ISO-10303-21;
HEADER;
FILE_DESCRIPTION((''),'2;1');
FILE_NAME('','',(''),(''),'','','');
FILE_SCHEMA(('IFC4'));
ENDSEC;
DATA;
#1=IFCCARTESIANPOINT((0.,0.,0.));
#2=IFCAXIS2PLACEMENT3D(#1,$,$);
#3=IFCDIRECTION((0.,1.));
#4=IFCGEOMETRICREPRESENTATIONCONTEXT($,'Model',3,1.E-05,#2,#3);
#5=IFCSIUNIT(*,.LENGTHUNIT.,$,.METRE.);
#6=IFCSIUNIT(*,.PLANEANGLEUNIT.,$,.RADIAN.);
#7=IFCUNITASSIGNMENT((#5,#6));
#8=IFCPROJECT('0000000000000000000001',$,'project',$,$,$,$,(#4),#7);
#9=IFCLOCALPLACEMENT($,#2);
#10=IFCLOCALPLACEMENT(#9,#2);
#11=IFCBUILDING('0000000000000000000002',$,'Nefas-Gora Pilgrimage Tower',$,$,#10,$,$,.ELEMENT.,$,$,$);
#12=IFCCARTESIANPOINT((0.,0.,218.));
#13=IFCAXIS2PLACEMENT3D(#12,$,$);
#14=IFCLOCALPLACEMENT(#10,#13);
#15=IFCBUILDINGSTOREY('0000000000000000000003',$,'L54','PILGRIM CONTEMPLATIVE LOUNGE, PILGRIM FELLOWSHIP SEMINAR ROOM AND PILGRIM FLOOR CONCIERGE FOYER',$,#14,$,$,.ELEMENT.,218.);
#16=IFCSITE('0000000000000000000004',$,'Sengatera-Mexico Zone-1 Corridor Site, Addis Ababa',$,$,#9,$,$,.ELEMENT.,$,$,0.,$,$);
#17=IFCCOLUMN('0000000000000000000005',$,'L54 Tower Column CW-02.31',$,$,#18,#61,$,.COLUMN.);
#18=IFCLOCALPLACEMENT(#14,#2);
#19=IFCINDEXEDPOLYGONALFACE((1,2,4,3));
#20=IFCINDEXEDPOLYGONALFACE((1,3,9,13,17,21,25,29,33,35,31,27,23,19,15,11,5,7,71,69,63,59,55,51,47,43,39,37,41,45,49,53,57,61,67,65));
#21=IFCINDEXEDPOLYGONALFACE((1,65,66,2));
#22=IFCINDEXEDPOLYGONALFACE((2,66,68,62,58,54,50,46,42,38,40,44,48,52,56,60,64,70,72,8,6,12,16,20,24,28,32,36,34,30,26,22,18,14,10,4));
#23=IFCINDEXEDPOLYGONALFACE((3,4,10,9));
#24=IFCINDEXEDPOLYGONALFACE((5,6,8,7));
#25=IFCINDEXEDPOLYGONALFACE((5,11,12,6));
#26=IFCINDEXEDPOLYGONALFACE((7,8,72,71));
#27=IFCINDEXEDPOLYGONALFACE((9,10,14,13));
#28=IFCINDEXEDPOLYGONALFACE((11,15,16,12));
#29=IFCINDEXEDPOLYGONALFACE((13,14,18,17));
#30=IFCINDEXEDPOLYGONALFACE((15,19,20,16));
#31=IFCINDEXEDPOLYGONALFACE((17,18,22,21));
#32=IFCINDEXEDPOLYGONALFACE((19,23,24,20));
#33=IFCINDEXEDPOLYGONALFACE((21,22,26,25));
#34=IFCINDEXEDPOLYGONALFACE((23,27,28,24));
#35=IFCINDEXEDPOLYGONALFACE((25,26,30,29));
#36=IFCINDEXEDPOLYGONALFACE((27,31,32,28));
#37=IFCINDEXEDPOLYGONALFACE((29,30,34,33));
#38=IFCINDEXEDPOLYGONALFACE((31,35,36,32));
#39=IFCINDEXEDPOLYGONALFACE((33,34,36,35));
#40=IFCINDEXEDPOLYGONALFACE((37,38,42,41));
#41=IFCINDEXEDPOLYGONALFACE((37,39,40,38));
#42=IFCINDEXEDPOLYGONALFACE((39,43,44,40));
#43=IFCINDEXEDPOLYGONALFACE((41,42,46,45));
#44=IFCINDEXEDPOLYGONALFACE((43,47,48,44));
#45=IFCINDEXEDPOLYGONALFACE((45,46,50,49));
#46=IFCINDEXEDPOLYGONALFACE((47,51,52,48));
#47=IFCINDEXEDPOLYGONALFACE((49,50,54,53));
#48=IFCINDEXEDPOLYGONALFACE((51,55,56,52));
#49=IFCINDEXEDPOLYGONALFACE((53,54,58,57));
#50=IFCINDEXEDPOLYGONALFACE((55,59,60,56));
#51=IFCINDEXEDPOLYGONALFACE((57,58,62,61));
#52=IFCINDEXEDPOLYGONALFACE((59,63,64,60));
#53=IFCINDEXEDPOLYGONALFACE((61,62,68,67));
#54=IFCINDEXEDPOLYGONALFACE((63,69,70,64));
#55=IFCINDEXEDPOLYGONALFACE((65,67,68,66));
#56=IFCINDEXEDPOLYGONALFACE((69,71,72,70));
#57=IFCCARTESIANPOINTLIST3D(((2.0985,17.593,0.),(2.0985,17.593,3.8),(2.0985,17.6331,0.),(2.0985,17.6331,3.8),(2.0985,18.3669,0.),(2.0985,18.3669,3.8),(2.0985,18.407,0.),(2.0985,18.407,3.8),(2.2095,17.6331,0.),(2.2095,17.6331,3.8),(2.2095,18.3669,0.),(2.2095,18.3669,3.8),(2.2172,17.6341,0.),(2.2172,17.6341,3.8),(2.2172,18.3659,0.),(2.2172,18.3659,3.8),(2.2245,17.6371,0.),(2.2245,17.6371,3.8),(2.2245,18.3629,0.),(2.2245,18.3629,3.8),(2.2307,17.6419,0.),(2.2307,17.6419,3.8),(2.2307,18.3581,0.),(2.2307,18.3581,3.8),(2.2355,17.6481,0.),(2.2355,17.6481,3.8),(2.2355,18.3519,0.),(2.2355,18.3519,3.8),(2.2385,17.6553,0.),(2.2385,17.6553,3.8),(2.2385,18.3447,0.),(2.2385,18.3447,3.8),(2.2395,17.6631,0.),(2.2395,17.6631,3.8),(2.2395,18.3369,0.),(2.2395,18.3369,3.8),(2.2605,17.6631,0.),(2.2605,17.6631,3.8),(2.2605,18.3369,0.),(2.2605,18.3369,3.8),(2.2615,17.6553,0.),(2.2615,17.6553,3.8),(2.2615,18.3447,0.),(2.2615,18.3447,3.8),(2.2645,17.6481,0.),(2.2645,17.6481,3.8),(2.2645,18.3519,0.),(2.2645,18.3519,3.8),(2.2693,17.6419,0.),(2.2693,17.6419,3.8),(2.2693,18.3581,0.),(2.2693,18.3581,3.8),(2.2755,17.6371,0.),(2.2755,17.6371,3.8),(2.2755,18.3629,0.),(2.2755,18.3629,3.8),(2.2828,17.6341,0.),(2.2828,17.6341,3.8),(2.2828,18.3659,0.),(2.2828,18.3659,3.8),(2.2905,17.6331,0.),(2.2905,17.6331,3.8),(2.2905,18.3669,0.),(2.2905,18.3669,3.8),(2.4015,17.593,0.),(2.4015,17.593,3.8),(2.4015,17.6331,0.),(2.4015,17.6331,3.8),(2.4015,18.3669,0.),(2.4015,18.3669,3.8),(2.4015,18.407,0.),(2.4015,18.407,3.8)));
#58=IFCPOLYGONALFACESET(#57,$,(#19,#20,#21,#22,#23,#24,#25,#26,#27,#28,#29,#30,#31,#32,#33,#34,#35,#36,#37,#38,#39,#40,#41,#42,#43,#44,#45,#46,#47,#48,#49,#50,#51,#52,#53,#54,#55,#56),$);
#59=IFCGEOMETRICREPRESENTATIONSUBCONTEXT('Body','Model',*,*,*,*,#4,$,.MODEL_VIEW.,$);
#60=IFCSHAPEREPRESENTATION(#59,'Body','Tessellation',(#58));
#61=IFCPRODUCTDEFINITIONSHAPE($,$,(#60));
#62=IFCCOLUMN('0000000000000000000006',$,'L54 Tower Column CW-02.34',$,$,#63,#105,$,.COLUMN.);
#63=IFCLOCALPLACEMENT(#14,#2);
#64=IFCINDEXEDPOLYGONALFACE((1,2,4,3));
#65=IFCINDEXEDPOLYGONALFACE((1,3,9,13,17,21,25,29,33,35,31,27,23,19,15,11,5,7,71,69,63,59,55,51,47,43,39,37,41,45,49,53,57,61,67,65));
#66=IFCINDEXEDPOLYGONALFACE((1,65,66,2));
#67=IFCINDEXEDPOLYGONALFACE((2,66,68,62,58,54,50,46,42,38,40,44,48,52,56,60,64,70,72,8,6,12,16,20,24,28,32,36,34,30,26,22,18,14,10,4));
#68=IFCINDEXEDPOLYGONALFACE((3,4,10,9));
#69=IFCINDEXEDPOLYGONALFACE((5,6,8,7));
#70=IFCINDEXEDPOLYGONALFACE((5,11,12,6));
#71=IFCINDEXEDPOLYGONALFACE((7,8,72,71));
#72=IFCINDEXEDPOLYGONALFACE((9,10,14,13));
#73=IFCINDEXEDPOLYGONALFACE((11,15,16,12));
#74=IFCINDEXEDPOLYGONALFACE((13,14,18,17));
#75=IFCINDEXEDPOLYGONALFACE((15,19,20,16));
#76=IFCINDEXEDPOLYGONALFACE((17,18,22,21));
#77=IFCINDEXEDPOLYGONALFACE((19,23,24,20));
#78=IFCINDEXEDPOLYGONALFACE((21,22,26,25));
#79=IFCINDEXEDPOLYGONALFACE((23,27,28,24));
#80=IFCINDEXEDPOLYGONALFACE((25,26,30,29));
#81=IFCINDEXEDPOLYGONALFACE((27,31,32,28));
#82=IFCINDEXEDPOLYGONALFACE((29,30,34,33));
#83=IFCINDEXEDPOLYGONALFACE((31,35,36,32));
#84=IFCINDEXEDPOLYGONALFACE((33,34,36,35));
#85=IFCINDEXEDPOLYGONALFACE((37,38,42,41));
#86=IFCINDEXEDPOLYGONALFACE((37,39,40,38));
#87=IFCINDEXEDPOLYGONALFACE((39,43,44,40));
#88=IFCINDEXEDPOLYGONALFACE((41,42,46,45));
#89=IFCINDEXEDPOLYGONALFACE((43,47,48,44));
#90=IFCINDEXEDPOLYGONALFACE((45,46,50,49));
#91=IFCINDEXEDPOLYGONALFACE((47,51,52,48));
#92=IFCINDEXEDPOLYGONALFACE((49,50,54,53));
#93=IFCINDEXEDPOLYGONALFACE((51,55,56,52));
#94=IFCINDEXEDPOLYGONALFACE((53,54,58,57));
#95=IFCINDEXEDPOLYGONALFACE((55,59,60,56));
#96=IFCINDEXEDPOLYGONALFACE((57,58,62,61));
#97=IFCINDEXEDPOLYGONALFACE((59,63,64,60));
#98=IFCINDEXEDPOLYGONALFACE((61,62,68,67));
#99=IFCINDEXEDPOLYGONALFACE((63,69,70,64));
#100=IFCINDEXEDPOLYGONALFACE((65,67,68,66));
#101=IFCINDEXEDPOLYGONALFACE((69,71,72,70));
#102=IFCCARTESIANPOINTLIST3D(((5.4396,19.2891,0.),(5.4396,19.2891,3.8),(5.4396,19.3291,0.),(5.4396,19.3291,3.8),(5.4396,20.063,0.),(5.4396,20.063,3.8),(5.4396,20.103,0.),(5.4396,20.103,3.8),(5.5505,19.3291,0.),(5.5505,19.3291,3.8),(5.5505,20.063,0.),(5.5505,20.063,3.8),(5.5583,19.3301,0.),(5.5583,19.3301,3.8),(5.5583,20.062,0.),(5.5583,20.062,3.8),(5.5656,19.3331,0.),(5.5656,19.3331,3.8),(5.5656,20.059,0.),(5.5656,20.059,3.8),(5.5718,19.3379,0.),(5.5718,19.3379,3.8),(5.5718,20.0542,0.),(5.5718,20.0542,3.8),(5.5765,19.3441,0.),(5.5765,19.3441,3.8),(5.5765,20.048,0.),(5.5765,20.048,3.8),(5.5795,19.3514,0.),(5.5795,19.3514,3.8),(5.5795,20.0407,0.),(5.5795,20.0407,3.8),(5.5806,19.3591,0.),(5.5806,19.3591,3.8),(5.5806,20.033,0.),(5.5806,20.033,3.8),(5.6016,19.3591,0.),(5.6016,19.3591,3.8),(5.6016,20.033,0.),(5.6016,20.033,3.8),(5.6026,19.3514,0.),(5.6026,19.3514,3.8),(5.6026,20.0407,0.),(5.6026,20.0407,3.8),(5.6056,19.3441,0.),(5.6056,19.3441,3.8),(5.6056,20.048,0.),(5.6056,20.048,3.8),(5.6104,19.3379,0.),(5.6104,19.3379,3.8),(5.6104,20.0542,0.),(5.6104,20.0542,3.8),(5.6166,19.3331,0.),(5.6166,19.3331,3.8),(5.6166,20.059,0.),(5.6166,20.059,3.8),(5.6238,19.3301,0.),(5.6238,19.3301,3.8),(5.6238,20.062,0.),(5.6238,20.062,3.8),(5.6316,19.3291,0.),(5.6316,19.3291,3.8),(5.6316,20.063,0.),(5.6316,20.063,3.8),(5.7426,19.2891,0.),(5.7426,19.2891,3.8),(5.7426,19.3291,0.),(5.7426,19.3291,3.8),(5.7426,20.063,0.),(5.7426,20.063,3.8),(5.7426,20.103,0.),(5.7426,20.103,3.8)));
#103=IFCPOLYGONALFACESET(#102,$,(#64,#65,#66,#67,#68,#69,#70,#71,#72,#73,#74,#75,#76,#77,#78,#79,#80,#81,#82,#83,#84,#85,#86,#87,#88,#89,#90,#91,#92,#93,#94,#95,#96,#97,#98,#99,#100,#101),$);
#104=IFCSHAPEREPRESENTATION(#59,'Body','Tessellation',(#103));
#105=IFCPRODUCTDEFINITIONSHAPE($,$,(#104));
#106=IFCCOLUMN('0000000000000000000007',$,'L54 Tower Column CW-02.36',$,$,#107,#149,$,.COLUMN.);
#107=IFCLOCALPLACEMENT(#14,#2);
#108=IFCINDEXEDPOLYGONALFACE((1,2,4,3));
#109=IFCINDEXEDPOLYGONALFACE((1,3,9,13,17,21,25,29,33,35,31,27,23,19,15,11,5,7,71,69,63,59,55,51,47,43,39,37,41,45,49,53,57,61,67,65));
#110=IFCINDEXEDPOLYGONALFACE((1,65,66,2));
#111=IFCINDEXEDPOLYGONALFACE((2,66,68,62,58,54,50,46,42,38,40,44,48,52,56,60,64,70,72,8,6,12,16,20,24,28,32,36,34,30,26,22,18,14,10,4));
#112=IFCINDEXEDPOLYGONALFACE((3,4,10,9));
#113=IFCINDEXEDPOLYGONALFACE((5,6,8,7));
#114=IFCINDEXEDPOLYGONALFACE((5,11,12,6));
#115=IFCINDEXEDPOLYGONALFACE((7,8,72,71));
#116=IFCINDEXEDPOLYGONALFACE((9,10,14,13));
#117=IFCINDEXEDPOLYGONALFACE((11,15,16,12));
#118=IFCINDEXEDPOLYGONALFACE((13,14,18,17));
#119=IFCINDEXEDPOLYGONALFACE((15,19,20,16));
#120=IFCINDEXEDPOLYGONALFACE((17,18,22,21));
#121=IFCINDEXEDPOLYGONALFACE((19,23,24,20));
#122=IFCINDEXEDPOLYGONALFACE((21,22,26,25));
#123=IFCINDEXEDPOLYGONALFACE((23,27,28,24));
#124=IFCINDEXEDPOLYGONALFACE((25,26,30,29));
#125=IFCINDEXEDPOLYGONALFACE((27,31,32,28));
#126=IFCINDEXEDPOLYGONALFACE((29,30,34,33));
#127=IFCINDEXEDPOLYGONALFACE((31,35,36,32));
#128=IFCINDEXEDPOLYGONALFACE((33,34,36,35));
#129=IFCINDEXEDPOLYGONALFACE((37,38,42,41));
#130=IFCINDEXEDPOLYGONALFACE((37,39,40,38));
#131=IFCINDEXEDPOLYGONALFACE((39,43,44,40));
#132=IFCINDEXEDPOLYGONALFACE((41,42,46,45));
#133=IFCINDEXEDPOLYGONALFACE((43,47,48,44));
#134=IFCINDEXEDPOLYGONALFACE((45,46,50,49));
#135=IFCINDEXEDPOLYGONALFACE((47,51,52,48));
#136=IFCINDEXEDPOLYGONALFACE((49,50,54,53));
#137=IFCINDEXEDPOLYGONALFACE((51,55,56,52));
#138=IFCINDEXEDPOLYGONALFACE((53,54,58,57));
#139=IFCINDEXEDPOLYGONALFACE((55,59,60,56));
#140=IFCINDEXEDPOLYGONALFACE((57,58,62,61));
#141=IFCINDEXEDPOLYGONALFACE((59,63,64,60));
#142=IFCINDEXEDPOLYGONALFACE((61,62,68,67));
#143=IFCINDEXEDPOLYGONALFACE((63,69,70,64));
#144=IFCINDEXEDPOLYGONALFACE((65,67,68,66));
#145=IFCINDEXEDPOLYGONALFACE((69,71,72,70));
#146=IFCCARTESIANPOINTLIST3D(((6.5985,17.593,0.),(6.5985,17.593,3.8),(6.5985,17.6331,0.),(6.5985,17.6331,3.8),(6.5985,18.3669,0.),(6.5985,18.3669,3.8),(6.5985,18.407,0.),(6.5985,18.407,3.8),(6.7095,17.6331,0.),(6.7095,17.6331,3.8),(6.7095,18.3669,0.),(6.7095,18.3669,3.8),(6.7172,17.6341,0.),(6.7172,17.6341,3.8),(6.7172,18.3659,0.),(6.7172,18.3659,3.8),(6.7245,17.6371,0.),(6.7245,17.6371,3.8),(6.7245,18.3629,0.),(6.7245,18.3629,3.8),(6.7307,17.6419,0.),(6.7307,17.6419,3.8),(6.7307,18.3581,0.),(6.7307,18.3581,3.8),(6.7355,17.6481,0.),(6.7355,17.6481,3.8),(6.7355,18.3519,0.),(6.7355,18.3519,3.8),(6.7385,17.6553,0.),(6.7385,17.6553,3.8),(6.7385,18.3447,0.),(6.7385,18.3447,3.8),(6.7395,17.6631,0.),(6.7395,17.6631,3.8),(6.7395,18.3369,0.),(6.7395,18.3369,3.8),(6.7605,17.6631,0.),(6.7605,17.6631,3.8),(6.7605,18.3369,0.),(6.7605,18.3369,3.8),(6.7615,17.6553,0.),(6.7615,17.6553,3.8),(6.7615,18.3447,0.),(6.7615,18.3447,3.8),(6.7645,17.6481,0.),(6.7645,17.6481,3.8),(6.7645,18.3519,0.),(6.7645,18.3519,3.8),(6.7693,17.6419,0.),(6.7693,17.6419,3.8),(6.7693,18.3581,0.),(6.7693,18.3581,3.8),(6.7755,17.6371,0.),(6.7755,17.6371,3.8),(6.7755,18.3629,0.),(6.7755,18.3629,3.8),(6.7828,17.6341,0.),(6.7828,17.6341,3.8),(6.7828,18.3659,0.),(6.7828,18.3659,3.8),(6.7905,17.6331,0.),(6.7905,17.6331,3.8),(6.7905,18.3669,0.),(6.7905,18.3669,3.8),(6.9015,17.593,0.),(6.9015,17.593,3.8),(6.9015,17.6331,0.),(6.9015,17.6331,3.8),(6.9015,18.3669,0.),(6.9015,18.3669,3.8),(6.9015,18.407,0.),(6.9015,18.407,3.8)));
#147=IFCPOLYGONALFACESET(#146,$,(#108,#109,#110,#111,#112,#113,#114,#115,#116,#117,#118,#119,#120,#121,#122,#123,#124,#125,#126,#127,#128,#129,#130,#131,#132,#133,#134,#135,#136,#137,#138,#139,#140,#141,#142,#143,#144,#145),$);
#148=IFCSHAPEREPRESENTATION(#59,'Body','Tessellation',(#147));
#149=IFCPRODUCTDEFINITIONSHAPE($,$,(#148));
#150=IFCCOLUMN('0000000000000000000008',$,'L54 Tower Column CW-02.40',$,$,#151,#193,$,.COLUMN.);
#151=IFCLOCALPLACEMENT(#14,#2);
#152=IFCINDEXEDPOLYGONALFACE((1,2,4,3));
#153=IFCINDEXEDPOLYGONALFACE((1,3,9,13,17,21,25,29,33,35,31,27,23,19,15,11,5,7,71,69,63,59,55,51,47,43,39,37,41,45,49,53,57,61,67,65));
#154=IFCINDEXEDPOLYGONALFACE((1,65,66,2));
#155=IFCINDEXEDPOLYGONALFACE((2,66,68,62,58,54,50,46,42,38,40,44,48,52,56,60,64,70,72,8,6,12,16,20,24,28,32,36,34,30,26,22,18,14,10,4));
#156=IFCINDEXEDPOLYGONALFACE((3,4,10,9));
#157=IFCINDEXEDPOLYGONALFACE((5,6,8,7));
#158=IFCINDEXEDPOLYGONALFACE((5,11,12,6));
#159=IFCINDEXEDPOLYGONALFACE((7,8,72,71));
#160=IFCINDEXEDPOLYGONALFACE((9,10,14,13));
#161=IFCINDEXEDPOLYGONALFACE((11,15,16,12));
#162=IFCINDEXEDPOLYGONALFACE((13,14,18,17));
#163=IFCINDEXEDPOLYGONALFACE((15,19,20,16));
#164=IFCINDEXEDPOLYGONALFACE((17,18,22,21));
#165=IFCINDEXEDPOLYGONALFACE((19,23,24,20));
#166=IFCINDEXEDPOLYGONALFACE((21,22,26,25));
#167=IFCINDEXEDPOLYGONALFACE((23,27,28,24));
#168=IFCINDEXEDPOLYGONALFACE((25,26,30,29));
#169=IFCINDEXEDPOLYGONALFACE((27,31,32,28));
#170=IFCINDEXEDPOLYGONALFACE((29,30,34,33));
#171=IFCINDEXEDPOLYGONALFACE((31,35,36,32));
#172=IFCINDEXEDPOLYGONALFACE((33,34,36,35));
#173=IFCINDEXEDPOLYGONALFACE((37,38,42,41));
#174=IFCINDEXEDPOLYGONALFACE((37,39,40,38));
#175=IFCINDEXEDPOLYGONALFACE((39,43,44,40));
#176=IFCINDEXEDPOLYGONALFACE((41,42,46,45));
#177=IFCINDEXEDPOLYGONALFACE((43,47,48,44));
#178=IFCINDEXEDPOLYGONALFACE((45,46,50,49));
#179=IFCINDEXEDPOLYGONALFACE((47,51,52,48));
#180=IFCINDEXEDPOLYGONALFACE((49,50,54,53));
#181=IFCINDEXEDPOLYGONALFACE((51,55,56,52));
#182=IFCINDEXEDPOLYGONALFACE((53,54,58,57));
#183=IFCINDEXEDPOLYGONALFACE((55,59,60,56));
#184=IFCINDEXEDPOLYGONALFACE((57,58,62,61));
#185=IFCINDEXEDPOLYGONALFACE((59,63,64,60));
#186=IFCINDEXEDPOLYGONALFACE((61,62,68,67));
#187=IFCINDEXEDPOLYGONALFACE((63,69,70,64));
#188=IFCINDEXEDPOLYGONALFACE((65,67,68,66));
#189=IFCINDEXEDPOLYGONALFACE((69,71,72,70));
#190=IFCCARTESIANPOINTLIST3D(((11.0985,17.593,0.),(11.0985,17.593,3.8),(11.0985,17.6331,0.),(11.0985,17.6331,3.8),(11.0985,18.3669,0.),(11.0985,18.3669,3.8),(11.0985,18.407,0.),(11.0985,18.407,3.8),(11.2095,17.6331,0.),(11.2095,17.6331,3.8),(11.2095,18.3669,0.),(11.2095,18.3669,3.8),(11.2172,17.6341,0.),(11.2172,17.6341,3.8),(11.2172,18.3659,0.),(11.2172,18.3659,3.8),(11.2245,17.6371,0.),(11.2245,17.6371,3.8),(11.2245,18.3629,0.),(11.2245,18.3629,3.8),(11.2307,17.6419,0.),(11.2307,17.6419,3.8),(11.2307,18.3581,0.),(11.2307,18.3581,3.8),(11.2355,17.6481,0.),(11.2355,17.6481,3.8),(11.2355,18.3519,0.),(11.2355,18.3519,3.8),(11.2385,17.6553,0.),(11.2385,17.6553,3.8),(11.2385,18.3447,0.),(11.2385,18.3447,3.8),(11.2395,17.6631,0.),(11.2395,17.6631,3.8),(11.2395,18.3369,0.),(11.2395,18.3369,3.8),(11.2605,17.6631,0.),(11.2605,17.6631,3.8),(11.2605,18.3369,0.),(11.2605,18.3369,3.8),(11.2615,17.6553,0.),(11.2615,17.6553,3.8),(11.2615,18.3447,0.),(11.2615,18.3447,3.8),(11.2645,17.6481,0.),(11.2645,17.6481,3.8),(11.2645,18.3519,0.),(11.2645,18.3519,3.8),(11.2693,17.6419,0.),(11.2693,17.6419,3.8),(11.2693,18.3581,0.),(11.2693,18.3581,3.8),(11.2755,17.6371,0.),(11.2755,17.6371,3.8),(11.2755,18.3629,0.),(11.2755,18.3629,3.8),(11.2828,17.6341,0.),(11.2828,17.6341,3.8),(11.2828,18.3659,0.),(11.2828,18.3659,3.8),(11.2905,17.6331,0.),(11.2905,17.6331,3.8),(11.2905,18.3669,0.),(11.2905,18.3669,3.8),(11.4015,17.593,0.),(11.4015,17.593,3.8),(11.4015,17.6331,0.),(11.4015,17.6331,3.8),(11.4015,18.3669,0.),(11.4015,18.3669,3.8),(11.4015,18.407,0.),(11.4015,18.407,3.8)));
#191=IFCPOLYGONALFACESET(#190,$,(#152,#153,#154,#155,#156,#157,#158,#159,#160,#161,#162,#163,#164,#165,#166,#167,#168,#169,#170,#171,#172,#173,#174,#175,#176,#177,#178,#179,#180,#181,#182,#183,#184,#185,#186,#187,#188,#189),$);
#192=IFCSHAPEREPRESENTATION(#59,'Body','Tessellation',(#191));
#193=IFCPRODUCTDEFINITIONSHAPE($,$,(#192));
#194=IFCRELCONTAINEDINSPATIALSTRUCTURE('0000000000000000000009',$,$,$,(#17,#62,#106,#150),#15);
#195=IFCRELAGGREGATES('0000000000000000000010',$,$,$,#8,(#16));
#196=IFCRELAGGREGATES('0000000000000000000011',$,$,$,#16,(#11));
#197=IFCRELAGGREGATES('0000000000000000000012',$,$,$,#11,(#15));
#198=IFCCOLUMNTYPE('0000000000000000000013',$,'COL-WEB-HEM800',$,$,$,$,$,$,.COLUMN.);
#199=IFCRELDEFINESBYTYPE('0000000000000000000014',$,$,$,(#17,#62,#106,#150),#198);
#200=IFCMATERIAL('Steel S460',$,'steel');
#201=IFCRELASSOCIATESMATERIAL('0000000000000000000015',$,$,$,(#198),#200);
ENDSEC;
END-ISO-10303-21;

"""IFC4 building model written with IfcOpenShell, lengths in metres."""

from ifc_helpers import new_model, si_unit, direction, frame, origin, origin_2d, place, context, subcontext, project, spatial, i_section, extrude, source, transform, mapped, material, material_profile, profile_set, type_object, element, save


model = new_model("IFC4")

# Units and contexts
model_context = context("Model", 3, precision=1e-05, world=origin(), true_north=direction((0.0, 1.0)))
body_context = subcontext(model_context, "Body", "Model", "MODEL_VIEW")
ifc_project = project(units=[si_unit("LENGTHUNIT", "METRE"), si_unit("PLANEANGLEUNIT", "RADIAN")], contexts=[model_context])

# Site, building, storey
site_placement = place(None, origin())
site = spatial("IfcSite", under=ifc_project, at=site_placement, Name="Sengatera-Mexico Zone-1 Corridor Site, Addis Ababa", CompositionType="ELEMENT", RefElevation=0.0)
building_placement = place(site_placement, origin())
building = spatial("IfcBuilding", under=site, at=building_placement, Name="Nefas-Gora Pilgrimage Tower", CompositionType="ELEMENT")
storey_placement = place(building_placement, frame((0.0, 0.0, 218.0)))
storey = spatial("IfcBuildingStorey", under=building, at=storey_placement, Name="L54", Description="PILGRIM CONTEMPLATIVE LOUNGE, PILGRIM FELLOWSHIP SEMINAR ROOM AND PILGRIM FLOOR CONCIERGE FOYER", CompositionType="ELEMENT", Elevation=218.0)

# Columns
ifc_material_1 = material(Name="Steel S460", Category="steel")
ifc_material_profile_1 = material_profile(ifc_material_1, i_section(OverallWidth=0.303, OverallDepth=0.814, WebThickness=0.021, FlangeThickness=0.04, FilletRadius=0.03, at=origin_2d()), Name="HEM 800")
ifc_profile_set_1 = profile_set([ifc_material_profile_1], Name="Steel S460")
column_type_1 = type_object("IfcColumnType", Name="COL-WEB-HEM800", PredefinedType="COLUMN", material=ifc_profile_set_1)
shared_shape_1 = source(origin(), body_context, "Body", "SweptSolid", [
    extrude(i_section(OverallWidth=0.303, OverallDepth=0.814, WebThickness=0.021, FlangeThickness=0.04, FilletRadius=0.03, at=origin_2d()), origin(), (0.0, 0.0, 1.0), 3.8),
])
for number, where, z_axis, x_axis, name in (
    (1, (2.25, 18.0, 0.0), (0.0, 0.0, 1.0), (1.0, 0.0, 0.0), "L54 Tower Column CW-02.31"),
    (2, (5.5911, 19.696, 0.0), (0.0, 0.0, 1.0), (1.0, 0.0, 0.0), "L54 Tower Column CW-02.34"),
    (3, (6.75, 18.0, 0.0), (0.0, 0.0, 1.0), (1.0, 0.0, 0.0), "L54 Tower Column CW-02.36"),
    (4, (11.25, 18.0, 0.0), (0.0, 0.0, 1.0), (1.0, 0.0, 0.0), "L54 Tower Column CW-02.40"),
):
    element("IfcColumn", number, at=place(storey_placement, frame(where, z_axis=z_axis, x_axis=x_axis)), inside=storey, type_object=column_type_1, Name=name, PredefinedType="COLUMN", context=body_context, shape_type="MappedRepresentation", body=[
        mapped(shared_shape_1, transform((0.0, 0.0, 0.0), x_axis=(1.0, 0.0, 0.0), y_axis=(0.0, 1.0, 0.0), z_axis=(0.0, 0.0, 1.0), scale=1.0)),
    ])

save(model, "model.ifc")
